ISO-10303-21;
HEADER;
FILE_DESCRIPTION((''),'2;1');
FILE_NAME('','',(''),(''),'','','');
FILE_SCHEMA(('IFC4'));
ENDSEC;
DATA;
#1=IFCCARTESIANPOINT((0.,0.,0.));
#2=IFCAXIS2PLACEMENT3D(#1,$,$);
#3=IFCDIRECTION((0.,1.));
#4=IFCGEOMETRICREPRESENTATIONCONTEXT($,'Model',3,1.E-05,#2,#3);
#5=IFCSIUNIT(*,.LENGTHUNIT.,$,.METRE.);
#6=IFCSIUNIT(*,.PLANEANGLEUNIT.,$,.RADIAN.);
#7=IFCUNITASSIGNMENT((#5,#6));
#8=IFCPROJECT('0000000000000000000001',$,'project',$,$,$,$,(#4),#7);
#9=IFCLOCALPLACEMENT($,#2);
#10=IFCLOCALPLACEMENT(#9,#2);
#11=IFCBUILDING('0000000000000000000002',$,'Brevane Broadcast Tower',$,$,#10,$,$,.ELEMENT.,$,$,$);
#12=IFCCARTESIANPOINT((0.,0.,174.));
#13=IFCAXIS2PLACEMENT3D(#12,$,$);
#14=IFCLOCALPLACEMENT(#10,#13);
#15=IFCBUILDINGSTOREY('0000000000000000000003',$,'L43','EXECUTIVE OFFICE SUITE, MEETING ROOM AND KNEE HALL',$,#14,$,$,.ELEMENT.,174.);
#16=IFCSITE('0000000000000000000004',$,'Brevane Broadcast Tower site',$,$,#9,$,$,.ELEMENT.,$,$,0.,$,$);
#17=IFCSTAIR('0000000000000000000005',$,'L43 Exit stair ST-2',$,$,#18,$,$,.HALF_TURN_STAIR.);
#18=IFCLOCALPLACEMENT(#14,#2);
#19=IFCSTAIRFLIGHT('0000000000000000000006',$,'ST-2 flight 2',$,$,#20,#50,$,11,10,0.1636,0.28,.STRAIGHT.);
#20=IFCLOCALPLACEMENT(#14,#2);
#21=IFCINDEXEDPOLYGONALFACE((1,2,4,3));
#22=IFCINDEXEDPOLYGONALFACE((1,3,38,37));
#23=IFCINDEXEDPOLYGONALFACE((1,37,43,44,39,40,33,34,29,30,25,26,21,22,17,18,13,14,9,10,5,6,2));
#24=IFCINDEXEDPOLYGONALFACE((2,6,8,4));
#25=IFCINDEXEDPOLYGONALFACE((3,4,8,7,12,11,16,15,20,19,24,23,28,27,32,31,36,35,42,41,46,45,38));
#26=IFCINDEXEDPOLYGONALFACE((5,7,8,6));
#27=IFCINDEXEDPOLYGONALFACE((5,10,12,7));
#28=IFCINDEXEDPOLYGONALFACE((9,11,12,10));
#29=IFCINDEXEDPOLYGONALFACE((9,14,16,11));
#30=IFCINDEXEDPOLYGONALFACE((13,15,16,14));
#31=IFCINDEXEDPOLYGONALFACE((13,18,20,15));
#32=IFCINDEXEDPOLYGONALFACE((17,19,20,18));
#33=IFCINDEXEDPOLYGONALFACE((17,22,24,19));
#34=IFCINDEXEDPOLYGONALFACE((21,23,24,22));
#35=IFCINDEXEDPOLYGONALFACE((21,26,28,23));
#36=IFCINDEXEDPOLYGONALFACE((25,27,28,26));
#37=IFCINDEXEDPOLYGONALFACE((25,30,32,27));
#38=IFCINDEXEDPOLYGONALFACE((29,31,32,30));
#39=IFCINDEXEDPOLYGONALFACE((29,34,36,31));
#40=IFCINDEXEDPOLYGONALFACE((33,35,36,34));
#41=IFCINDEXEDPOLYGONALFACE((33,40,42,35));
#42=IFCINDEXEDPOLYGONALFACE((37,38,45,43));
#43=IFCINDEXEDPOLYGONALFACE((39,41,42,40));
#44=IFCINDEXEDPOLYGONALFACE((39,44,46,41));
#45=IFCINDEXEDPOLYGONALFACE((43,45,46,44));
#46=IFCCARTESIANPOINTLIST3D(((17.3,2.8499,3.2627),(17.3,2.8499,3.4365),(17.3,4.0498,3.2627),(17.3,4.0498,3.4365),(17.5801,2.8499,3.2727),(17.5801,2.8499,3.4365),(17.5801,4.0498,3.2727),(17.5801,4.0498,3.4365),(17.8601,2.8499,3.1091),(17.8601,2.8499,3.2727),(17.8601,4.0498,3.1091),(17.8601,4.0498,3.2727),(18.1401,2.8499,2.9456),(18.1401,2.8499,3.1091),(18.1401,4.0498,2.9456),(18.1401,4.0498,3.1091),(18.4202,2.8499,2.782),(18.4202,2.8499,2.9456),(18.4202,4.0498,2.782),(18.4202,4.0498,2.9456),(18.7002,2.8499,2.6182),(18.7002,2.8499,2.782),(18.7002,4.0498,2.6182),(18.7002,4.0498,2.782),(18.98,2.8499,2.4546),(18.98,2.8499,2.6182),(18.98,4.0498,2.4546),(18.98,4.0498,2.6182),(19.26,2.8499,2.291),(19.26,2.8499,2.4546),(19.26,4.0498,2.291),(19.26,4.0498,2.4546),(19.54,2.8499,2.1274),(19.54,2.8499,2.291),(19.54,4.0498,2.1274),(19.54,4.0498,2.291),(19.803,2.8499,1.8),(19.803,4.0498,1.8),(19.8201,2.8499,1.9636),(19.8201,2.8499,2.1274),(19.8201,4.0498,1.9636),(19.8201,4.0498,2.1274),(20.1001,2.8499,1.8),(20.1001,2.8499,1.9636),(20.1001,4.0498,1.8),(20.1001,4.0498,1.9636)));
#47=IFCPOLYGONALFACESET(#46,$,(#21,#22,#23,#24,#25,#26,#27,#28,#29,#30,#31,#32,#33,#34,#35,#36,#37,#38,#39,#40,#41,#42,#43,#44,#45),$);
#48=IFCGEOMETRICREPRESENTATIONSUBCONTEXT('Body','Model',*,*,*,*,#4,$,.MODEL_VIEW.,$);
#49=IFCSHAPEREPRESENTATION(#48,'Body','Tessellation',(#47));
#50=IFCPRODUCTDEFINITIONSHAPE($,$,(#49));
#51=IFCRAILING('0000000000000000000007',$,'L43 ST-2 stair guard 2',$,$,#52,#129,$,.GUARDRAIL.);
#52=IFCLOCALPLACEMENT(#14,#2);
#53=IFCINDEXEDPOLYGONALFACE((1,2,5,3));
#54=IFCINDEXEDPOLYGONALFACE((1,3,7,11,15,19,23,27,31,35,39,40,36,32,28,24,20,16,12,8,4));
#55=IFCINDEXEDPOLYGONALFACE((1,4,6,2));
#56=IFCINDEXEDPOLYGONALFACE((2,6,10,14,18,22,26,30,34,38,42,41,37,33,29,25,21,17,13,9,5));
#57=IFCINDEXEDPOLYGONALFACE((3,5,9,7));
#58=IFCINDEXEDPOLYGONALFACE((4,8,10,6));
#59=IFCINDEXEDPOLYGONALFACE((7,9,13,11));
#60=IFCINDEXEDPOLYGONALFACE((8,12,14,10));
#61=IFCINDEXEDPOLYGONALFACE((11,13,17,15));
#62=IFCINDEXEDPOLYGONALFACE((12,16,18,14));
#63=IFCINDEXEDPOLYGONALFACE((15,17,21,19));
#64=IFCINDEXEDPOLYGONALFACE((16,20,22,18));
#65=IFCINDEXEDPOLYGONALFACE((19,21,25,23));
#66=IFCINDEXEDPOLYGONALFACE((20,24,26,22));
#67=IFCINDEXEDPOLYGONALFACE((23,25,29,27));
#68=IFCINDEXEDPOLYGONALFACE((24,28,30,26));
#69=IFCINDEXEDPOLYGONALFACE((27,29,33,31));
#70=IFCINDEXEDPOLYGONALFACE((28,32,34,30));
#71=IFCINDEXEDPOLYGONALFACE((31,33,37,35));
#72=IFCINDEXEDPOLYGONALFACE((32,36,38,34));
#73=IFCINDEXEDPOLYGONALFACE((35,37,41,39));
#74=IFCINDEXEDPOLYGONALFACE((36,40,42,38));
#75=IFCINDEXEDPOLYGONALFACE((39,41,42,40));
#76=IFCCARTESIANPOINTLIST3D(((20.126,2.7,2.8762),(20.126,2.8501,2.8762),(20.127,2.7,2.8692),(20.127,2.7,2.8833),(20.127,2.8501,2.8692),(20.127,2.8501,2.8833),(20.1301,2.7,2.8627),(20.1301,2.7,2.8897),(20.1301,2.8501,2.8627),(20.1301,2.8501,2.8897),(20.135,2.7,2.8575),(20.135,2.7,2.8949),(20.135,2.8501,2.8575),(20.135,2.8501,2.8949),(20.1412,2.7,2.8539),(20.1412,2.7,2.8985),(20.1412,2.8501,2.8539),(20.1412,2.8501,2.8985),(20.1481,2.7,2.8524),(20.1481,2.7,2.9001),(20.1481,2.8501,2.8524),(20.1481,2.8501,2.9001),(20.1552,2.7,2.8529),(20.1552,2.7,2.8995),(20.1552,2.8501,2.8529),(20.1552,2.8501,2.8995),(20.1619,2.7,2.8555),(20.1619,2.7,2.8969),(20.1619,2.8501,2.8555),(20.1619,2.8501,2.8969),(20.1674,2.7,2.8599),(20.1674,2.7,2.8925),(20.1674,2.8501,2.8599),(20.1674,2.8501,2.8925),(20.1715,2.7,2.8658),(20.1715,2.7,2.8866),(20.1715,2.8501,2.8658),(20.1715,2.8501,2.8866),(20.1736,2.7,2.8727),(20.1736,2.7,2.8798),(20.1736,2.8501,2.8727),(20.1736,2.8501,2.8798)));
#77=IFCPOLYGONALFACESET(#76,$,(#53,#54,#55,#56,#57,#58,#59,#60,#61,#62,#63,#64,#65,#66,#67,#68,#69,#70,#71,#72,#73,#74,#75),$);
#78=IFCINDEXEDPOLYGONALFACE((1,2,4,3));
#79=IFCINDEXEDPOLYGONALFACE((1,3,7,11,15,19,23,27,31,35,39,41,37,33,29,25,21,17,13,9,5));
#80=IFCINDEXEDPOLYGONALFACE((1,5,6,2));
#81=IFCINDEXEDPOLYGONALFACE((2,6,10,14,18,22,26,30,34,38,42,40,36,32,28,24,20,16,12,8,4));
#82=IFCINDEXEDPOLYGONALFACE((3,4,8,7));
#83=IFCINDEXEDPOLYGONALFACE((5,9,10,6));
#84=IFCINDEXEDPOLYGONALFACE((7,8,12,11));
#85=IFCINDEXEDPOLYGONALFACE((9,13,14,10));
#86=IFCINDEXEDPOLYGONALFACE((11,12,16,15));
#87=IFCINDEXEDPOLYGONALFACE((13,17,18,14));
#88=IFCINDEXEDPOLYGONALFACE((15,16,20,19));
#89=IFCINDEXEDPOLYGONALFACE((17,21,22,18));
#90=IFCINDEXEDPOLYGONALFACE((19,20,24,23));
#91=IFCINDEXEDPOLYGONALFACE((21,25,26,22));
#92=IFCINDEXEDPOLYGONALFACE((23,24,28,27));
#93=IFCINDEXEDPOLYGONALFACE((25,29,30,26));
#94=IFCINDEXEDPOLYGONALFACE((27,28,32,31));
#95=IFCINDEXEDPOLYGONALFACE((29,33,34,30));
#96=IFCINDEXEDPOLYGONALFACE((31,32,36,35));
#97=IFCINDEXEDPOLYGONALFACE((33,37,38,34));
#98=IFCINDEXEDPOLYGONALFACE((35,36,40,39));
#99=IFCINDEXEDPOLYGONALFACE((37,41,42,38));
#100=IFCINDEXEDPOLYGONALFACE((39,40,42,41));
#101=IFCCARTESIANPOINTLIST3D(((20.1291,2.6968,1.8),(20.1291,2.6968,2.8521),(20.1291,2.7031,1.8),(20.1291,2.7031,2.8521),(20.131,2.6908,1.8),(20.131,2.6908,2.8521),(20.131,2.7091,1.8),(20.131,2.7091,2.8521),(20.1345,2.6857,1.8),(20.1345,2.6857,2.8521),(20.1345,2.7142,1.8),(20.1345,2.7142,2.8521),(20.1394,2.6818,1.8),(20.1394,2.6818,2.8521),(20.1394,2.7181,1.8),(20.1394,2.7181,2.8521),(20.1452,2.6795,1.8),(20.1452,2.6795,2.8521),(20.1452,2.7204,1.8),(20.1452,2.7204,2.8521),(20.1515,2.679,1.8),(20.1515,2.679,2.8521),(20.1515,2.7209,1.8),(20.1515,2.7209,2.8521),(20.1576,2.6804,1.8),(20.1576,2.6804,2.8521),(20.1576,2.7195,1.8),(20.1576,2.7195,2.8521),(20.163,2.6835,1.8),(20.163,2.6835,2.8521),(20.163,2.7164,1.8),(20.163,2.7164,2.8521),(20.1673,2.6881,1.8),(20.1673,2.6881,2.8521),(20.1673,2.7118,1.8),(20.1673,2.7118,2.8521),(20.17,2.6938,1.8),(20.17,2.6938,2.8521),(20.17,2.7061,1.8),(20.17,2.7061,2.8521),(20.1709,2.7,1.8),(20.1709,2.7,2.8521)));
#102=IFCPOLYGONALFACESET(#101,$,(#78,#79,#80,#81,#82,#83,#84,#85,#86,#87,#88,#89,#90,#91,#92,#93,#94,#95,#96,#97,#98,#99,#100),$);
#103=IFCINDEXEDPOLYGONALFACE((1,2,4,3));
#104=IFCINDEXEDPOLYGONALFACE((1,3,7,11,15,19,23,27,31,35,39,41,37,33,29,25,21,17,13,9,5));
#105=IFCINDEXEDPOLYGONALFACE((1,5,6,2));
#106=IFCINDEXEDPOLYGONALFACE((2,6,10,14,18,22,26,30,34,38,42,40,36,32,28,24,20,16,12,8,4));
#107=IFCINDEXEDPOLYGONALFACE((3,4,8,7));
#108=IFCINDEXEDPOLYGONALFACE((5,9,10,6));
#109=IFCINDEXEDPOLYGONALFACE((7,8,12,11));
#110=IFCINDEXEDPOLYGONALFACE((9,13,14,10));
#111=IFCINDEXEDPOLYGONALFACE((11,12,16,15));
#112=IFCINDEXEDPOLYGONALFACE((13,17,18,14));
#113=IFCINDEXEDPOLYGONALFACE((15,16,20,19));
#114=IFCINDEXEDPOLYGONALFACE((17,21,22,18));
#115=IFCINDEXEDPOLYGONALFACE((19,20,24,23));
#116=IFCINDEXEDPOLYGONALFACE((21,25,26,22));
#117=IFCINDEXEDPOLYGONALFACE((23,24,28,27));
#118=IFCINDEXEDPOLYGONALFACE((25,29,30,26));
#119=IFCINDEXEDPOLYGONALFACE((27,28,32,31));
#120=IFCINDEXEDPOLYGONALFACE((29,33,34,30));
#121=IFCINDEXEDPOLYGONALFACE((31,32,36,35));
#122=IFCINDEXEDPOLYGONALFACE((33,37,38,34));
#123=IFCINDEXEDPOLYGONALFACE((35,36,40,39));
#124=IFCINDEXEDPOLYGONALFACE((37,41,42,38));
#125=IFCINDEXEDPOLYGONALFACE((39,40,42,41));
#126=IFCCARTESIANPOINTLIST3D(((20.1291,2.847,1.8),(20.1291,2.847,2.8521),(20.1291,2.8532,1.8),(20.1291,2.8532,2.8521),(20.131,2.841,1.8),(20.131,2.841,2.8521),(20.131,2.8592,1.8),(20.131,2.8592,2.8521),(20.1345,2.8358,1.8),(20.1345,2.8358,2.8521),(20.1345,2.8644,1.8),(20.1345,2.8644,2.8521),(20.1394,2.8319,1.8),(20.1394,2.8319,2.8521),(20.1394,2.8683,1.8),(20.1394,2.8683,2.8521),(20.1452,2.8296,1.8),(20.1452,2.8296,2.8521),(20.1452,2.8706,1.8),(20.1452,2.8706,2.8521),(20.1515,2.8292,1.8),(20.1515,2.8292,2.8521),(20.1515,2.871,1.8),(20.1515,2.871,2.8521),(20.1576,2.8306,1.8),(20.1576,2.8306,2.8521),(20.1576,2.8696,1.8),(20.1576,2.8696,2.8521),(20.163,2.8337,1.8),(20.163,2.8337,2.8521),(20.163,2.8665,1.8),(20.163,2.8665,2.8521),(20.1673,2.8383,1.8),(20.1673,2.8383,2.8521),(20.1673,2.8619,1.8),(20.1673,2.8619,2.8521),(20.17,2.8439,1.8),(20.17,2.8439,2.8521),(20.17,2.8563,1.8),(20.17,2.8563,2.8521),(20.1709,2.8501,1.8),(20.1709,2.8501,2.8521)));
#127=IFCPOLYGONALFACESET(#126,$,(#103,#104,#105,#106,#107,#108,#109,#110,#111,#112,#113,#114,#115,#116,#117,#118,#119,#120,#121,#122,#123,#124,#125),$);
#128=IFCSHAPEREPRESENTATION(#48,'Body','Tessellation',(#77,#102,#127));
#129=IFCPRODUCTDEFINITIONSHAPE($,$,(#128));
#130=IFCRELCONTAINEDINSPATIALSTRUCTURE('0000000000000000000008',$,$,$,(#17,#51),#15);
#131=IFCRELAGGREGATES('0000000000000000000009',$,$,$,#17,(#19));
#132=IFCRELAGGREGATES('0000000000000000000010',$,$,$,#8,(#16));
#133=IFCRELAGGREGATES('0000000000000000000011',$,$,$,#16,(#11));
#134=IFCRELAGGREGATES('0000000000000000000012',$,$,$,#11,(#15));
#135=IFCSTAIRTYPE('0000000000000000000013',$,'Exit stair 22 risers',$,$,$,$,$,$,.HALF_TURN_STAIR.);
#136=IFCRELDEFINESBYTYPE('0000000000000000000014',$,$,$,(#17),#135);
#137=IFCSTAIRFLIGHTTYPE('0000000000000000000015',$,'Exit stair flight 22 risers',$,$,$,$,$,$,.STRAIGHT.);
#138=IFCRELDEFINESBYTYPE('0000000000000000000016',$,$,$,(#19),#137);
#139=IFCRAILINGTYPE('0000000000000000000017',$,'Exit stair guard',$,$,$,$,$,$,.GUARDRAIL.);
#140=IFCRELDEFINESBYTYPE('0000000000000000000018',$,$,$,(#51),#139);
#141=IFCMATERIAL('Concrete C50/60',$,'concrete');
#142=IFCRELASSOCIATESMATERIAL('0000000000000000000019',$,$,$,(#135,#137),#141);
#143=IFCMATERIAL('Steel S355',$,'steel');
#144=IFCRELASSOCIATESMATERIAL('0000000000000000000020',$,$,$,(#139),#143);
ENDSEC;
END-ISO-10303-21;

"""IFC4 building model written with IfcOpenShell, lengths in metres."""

from ifc_helpers import new_model, si_unit, direction, frame, origin, origin_2d, place, context, subcontext, project, spatial, polyline, circle, outline, extrude, material, type_object, element, aggregate, save


model = new_model("IFC4")

# Units and contexts
model_context = context("Model", 3, precision=1e-05, world=origin(), true_north=direction((0.0, 1.0)))
body_context = subcontext(model_context, "Body", "Model", "MODEL_VIEW")
ifc_project = project(units=[si_unit("LENGTHUNIT", "METRE"), si_unit("PLANEANGLEUNIT", "RADIAN")], contexts=[model_context])

# Site, building, storey
site_placement = place(None, origin())
site = spatial("IfcSite", under=ifc_project, at=site_placement, Name="Brevane Broadcast Tower site", CompositionType="ELEMENT", RefElevation=0.0)
building_placement = place(site_placement, origin())
building = spatial("IfcBuilding", under=site, at=building_placement, Name="Brevane Broadcast Tower", CompositionType="ELEMENT")
storey_placement = place(building_placement, frame((0.0, 0.0, 174.0)))
storey = spatial("IfcBuildingStorey", under=building, at=storey_placement, Name="L43", Description="EXECUTIVE OFFICE SUITE, MEETING ROOM AND KNEE HALL", CompositionType="ELEMENT", Elevation=174.0)

# Stair, stair flight
ifc_material_1 = material(Name="Concrete C50/60", Category="concrete")
stair_type = type_object("IfcStairType", Name="Exit stair 22 risers", PredefinedType="HALF_TURN_STAIR", material=ifc_material_1)
stair_placement = place(storey_placement, origin())
stair = element("IfcStair", 1, at=stair_placement, inside=storey, type_object=stair_type, Name="L43 Exit stair ST-2", PredefinedType="HALF_TURN_STAIR")
stair_flight_type = type_object("IfcStairFlightType", Name="Exit stair flight 22 risers", PredefinedType="STRAIGHT", material=ifc_material_1)
stair_flight_placement = place(storey_placement, frame((20.1001, 3.45, 1.8), z_axis=(0.0, 0.0, 1.0), x_axis=(-1.0, 0.0, 0.0)))
stair_flight = element("IfcStairFlight", 2, at=stair_flight_placement, type_object=stair_flight_type, Name="ST-2 flight 2", NumberOfRisers=11, NumberOfTreads=10, PredefinedType="STRAIGHT", RiserHeight=0.1636, TreadLength=0.28, context=body_context, shape_type="SweptSolid", body=[
    extrude(outline(polyline([(0.0, 0.0), (0.0, 0.1636), (0.28, 0.1636), (0.28, 0.3274), (0.5601, 0.3274), (0.5601, 0.491), (0.8401, 0.491), (0.8401, 0.6545), (1.1201, 0.6545), (1.1201, 0.8181), (1.3999, 0.8181), (1.3999, 0.9819), (1.6799, 0.9819), (1.6799, 1.1455), (1.96, 1.1455), (1.96, 1.3091), (2.24, 1.3091), (2.24, 1.4727), (2.52, 1.4727), (2.52, 1.6365), (2.8, 1.6365), (2.8, 1.8), (2.8, 1.4626), (0.2971, 0.0), (0.0, 0.0)])), frame((0.0, 0.6001, 0.0), z_axis=(0.0, -1.0, 0.0), x_axis=(1.0, 0.0, 0.0)), (0.0, 0.0, 1.0), 1.2),
])
aggregate(stair, [stair_flight])

# Railing
ifc_material_2 = material(Name="Steel S355", Category="steel")
railing_type_1 = type_object("IfcRailingType", Name="Exit stair guard", PredefinedType="GUARDRAIL", material=ifc_material_2)
railing_1_placement = place(storey_placement, frame((20.1499, 2.7, 1.8)))
element("IfcRailing", 3, at=railing_1_placement, inside=storey, type_object=railing_type_1, Name="L43 ST-2 stair guard 2", PredefinedType="GUARDRAIL", context=body_context, shape_type="SweptSolid", body=[
    extrude(circle(Radius=0.0239, at=origin_2d()), frame((0.0, 0.0, 1.0762), z_axis=(0.0, 1.0, 0.0), x_axis=(-1.0, 0.0, 0.0)), (0.0, 0.0, 1.0), 0.1501),
    extrude(circle(Radius=0.021, at=origin_2d()), origin(), (0.0, 0.0, 1.0), 1.052),
    extrude(circle(Radius=0.021, at=origin_2d()), frame((0.0, 0.1501, 0.0)), (0.0, 0.0, 1.0), 1.052),
])

save(model, "model.ifc")
